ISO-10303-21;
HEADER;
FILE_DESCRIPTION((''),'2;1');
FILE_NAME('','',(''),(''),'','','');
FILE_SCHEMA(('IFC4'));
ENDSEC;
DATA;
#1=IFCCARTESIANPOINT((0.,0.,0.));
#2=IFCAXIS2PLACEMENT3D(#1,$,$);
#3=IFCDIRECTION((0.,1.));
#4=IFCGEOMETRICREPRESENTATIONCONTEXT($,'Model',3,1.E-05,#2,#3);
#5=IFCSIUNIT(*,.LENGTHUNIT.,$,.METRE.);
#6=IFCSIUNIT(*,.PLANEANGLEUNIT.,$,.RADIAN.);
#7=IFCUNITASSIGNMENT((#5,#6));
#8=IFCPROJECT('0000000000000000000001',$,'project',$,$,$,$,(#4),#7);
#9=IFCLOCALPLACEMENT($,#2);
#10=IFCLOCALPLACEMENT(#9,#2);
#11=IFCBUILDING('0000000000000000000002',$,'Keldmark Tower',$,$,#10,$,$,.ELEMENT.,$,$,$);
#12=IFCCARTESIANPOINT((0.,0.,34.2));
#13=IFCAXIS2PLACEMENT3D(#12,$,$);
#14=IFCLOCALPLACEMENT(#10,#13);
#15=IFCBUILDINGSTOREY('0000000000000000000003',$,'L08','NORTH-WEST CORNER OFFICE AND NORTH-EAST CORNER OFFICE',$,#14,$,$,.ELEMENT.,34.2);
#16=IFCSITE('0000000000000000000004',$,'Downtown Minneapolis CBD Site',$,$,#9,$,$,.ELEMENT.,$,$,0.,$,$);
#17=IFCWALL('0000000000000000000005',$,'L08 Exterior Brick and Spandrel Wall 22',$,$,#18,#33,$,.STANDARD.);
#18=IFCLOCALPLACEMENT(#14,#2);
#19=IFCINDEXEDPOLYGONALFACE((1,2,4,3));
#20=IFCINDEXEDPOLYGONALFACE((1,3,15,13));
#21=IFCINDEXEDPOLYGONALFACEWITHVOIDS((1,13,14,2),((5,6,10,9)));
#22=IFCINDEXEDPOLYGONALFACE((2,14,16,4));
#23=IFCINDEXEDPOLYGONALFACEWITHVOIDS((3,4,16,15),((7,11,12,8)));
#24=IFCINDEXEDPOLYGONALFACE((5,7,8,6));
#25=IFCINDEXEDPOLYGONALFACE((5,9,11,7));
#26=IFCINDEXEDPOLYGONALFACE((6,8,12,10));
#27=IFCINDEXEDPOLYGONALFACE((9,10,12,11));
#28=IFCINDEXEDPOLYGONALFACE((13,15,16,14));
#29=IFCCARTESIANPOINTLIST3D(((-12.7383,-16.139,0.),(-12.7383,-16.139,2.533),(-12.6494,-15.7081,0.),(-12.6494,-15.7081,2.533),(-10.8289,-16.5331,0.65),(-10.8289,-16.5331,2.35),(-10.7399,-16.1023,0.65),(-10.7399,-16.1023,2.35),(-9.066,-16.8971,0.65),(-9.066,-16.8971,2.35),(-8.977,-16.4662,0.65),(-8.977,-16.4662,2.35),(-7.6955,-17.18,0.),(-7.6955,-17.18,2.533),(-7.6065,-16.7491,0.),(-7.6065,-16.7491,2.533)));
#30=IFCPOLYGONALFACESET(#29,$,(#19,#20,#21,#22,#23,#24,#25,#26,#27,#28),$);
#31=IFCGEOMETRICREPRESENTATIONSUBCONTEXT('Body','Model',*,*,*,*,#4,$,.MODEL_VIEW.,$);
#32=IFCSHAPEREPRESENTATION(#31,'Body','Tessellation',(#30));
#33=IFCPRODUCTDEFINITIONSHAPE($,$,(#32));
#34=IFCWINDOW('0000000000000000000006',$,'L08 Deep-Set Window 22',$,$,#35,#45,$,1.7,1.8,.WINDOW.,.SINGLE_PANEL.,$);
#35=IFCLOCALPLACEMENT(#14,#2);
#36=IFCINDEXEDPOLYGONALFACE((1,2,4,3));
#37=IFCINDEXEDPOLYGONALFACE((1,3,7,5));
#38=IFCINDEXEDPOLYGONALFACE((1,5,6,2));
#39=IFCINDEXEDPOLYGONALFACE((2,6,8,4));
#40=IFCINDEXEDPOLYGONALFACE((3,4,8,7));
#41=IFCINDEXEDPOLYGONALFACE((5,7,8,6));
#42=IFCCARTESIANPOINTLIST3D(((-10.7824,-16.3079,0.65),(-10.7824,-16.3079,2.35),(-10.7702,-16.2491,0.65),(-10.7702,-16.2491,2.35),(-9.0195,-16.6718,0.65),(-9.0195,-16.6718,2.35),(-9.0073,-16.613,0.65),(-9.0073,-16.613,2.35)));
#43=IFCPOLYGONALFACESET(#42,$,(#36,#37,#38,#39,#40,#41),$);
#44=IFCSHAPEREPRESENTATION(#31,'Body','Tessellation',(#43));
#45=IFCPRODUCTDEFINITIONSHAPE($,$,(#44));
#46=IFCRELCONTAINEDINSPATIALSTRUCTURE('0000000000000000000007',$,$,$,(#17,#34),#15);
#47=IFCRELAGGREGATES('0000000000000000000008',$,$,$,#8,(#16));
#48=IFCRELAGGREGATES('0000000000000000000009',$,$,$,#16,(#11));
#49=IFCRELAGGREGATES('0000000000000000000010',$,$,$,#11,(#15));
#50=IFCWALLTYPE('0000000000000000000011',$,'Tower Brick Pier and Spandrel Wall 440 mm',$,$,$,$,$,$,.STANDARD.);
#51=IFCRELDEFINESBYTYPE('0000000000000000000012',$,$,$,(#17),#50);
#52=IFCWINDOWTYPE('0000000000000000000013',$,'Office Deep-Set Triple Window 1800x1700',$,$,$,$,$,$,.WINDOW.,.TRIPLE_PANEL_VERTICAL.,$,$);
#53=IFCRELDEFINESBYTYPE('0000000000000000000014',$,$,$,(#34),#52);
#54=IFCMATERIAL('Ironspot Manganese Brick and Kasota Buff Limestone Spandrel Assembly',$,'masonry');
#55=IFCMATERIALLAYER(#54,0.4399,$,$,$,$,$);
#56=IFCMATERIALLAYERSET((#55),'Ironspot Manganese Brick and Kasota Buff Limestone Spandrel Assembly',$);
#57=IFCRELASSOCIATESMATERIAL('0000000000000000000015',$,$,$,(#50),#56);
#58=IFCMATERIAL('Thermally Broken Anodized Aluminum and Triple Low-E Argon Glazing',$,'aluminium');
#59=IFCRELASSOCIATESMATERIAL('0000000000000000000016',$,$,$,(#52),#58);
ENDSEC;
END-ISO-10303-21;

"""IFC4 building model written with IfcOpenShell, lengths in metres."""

from ifc_helpers import new_model, si_unit, direction, frame, frame_2d, origin, place, context, subcontext, project, spatial, rectangle, extrude, material, layer, layer_set, type_object, element, fill, save


model = new_model("IFC4")

# Units and contexts
model_context = context("Model", 3, precision=1e-05, world=origin(), true_north=direction((0.0, 1.0)))
body_context = subcontext(model_context, "Body", "Model", "MODEL_VIEW")
ifc_project = project(units=[si_unit("LENGTHUNIT", "METRE"), si_unit("PLANEANGLEUNIT", "RADIAN")], contexts=[model_context])

# Site, building, storey
site_placement = place(None, origin())
site = spatial("IfcSite", under=ifc_project, at=site_placement, Name="Downtown Minneapolis CBD Site", CompositionType="ELEMENT", RefElevation=0.0)
building_placement = place(site_placement, origin())
building = spatial("IfcBuilding", under=site, at=building_placement, Name="Keldmark Tower", CompositionType="ELEMENT")
storey_placement = place(building_placement, frame((0.0, 0.0, 34.2)))
storey = spatial("IfcBuildingStorey", under=building, at=storey_placement, Name="L08", Description="NORTH-WEST CORNER OFFICE AND NORTH-EAST CORNER OFFICE", CompositionType="ELEMENT", Elevation=34.2)

# Wall, opening, window
ifc_material_1 = material(Name="Ironspot Manganese Brick and Kasota Buff Limestone Spandrel Assembly", Category="masonry")
ifc_layer_1 = layer(ifc_material_1, 0.4399)
ifc_layer_set_1 = layer_set([ifc_layer_1], Name="Ironspot Manganese Brick and Kasota Buff Limestone Spandrel Assembly")
wall_type_1 = type_object("IfcWallType", Name="Tower Brick Pier and Spandrel Wall 440 mm", PredefinedType="STANDARD", material=ifc_layer_set_1)
wall_1_placement = place(storey_placement, frame((-7.6509, -16.9646, 0.0), z_axis=(0.0, 0.0, 1.0), x_axis=(-0.979349, 0.202176, 0.0)))
wall_1 = element("IfcWall", 1, at=wall_1_placement, inside=storey, type_object=wall_type_1, Name="L08 Exterior Brick and Spandrel Wall 22", PredefinedType="STANDARD", context=body_context, shape_type="SweptSolid", body=[
    extrude(rectangle(XDim=5.1492, YDim=0.4399, at=frame_2d((2.5747, 0.0))), origin(), (0.0, 0.0, 1.0), 2.533),
])
opening_1_placement = place(wall_1_placement, frame((1.3997, 0.0, 0.6499)))
opening_1 = element("IfcOpeningElement", 2, at=opening_1_placement, cuts=wall_1, PredefinedType="OPENING", context=body_context, shape_type="SweptSolid", body=[
    extrude(rectangle(XDim=1.8, YDim=1.7, at=frame_2d((0.8999, 0.8501))), frame((0.0, 0.23, 0.0), z_axis=(0.0, -1.0, 0.0), x_axis=(1.0, 0.0, 0.0)), (0.0, 0.0, 1.0), 0.46),
])
ifc_material_2 = material(Name="Thermally Broken Anodized Aluminum and Triple Low-E Argon Glazing", Category="aluminium")
window_type_1 = type_object("IfcWindowType", Name="Office Deep-Set Triple Window 1800x1700", PartitioningType="TRIPLE_PANEL_VERTICAL", PredefinedType="WINDOW", material=ifc_material_2)
window_1_placement = place(opening_1_placement, origin())
window_1 = element("IfcWindow", 3, at=window_1_placement, inside=storey, type_object=window_type_1, Name="L08 Deep-Set Window 22", OverallHeight=1.7, OverallWidth=1.8, PartitioningType="SINGLE_PANEL", PredefinedType="WINDOW", context=body_context, shape_type="SweptSolid", body=[
    extrude(rectangle(XDim=1.8, YDim=1.7, at=frame_2d((0.8999, 0.8501))), frame((0.0, -0.01, 0.0), z_axis=(0.0, -1.0, 0.0), x_axis=(1.0, 0.0, 0.0)), (0.0, 0.0, 1.0), 0.0601),
])
fill(opening_1, window_1)

save(model, "model.ifc")
